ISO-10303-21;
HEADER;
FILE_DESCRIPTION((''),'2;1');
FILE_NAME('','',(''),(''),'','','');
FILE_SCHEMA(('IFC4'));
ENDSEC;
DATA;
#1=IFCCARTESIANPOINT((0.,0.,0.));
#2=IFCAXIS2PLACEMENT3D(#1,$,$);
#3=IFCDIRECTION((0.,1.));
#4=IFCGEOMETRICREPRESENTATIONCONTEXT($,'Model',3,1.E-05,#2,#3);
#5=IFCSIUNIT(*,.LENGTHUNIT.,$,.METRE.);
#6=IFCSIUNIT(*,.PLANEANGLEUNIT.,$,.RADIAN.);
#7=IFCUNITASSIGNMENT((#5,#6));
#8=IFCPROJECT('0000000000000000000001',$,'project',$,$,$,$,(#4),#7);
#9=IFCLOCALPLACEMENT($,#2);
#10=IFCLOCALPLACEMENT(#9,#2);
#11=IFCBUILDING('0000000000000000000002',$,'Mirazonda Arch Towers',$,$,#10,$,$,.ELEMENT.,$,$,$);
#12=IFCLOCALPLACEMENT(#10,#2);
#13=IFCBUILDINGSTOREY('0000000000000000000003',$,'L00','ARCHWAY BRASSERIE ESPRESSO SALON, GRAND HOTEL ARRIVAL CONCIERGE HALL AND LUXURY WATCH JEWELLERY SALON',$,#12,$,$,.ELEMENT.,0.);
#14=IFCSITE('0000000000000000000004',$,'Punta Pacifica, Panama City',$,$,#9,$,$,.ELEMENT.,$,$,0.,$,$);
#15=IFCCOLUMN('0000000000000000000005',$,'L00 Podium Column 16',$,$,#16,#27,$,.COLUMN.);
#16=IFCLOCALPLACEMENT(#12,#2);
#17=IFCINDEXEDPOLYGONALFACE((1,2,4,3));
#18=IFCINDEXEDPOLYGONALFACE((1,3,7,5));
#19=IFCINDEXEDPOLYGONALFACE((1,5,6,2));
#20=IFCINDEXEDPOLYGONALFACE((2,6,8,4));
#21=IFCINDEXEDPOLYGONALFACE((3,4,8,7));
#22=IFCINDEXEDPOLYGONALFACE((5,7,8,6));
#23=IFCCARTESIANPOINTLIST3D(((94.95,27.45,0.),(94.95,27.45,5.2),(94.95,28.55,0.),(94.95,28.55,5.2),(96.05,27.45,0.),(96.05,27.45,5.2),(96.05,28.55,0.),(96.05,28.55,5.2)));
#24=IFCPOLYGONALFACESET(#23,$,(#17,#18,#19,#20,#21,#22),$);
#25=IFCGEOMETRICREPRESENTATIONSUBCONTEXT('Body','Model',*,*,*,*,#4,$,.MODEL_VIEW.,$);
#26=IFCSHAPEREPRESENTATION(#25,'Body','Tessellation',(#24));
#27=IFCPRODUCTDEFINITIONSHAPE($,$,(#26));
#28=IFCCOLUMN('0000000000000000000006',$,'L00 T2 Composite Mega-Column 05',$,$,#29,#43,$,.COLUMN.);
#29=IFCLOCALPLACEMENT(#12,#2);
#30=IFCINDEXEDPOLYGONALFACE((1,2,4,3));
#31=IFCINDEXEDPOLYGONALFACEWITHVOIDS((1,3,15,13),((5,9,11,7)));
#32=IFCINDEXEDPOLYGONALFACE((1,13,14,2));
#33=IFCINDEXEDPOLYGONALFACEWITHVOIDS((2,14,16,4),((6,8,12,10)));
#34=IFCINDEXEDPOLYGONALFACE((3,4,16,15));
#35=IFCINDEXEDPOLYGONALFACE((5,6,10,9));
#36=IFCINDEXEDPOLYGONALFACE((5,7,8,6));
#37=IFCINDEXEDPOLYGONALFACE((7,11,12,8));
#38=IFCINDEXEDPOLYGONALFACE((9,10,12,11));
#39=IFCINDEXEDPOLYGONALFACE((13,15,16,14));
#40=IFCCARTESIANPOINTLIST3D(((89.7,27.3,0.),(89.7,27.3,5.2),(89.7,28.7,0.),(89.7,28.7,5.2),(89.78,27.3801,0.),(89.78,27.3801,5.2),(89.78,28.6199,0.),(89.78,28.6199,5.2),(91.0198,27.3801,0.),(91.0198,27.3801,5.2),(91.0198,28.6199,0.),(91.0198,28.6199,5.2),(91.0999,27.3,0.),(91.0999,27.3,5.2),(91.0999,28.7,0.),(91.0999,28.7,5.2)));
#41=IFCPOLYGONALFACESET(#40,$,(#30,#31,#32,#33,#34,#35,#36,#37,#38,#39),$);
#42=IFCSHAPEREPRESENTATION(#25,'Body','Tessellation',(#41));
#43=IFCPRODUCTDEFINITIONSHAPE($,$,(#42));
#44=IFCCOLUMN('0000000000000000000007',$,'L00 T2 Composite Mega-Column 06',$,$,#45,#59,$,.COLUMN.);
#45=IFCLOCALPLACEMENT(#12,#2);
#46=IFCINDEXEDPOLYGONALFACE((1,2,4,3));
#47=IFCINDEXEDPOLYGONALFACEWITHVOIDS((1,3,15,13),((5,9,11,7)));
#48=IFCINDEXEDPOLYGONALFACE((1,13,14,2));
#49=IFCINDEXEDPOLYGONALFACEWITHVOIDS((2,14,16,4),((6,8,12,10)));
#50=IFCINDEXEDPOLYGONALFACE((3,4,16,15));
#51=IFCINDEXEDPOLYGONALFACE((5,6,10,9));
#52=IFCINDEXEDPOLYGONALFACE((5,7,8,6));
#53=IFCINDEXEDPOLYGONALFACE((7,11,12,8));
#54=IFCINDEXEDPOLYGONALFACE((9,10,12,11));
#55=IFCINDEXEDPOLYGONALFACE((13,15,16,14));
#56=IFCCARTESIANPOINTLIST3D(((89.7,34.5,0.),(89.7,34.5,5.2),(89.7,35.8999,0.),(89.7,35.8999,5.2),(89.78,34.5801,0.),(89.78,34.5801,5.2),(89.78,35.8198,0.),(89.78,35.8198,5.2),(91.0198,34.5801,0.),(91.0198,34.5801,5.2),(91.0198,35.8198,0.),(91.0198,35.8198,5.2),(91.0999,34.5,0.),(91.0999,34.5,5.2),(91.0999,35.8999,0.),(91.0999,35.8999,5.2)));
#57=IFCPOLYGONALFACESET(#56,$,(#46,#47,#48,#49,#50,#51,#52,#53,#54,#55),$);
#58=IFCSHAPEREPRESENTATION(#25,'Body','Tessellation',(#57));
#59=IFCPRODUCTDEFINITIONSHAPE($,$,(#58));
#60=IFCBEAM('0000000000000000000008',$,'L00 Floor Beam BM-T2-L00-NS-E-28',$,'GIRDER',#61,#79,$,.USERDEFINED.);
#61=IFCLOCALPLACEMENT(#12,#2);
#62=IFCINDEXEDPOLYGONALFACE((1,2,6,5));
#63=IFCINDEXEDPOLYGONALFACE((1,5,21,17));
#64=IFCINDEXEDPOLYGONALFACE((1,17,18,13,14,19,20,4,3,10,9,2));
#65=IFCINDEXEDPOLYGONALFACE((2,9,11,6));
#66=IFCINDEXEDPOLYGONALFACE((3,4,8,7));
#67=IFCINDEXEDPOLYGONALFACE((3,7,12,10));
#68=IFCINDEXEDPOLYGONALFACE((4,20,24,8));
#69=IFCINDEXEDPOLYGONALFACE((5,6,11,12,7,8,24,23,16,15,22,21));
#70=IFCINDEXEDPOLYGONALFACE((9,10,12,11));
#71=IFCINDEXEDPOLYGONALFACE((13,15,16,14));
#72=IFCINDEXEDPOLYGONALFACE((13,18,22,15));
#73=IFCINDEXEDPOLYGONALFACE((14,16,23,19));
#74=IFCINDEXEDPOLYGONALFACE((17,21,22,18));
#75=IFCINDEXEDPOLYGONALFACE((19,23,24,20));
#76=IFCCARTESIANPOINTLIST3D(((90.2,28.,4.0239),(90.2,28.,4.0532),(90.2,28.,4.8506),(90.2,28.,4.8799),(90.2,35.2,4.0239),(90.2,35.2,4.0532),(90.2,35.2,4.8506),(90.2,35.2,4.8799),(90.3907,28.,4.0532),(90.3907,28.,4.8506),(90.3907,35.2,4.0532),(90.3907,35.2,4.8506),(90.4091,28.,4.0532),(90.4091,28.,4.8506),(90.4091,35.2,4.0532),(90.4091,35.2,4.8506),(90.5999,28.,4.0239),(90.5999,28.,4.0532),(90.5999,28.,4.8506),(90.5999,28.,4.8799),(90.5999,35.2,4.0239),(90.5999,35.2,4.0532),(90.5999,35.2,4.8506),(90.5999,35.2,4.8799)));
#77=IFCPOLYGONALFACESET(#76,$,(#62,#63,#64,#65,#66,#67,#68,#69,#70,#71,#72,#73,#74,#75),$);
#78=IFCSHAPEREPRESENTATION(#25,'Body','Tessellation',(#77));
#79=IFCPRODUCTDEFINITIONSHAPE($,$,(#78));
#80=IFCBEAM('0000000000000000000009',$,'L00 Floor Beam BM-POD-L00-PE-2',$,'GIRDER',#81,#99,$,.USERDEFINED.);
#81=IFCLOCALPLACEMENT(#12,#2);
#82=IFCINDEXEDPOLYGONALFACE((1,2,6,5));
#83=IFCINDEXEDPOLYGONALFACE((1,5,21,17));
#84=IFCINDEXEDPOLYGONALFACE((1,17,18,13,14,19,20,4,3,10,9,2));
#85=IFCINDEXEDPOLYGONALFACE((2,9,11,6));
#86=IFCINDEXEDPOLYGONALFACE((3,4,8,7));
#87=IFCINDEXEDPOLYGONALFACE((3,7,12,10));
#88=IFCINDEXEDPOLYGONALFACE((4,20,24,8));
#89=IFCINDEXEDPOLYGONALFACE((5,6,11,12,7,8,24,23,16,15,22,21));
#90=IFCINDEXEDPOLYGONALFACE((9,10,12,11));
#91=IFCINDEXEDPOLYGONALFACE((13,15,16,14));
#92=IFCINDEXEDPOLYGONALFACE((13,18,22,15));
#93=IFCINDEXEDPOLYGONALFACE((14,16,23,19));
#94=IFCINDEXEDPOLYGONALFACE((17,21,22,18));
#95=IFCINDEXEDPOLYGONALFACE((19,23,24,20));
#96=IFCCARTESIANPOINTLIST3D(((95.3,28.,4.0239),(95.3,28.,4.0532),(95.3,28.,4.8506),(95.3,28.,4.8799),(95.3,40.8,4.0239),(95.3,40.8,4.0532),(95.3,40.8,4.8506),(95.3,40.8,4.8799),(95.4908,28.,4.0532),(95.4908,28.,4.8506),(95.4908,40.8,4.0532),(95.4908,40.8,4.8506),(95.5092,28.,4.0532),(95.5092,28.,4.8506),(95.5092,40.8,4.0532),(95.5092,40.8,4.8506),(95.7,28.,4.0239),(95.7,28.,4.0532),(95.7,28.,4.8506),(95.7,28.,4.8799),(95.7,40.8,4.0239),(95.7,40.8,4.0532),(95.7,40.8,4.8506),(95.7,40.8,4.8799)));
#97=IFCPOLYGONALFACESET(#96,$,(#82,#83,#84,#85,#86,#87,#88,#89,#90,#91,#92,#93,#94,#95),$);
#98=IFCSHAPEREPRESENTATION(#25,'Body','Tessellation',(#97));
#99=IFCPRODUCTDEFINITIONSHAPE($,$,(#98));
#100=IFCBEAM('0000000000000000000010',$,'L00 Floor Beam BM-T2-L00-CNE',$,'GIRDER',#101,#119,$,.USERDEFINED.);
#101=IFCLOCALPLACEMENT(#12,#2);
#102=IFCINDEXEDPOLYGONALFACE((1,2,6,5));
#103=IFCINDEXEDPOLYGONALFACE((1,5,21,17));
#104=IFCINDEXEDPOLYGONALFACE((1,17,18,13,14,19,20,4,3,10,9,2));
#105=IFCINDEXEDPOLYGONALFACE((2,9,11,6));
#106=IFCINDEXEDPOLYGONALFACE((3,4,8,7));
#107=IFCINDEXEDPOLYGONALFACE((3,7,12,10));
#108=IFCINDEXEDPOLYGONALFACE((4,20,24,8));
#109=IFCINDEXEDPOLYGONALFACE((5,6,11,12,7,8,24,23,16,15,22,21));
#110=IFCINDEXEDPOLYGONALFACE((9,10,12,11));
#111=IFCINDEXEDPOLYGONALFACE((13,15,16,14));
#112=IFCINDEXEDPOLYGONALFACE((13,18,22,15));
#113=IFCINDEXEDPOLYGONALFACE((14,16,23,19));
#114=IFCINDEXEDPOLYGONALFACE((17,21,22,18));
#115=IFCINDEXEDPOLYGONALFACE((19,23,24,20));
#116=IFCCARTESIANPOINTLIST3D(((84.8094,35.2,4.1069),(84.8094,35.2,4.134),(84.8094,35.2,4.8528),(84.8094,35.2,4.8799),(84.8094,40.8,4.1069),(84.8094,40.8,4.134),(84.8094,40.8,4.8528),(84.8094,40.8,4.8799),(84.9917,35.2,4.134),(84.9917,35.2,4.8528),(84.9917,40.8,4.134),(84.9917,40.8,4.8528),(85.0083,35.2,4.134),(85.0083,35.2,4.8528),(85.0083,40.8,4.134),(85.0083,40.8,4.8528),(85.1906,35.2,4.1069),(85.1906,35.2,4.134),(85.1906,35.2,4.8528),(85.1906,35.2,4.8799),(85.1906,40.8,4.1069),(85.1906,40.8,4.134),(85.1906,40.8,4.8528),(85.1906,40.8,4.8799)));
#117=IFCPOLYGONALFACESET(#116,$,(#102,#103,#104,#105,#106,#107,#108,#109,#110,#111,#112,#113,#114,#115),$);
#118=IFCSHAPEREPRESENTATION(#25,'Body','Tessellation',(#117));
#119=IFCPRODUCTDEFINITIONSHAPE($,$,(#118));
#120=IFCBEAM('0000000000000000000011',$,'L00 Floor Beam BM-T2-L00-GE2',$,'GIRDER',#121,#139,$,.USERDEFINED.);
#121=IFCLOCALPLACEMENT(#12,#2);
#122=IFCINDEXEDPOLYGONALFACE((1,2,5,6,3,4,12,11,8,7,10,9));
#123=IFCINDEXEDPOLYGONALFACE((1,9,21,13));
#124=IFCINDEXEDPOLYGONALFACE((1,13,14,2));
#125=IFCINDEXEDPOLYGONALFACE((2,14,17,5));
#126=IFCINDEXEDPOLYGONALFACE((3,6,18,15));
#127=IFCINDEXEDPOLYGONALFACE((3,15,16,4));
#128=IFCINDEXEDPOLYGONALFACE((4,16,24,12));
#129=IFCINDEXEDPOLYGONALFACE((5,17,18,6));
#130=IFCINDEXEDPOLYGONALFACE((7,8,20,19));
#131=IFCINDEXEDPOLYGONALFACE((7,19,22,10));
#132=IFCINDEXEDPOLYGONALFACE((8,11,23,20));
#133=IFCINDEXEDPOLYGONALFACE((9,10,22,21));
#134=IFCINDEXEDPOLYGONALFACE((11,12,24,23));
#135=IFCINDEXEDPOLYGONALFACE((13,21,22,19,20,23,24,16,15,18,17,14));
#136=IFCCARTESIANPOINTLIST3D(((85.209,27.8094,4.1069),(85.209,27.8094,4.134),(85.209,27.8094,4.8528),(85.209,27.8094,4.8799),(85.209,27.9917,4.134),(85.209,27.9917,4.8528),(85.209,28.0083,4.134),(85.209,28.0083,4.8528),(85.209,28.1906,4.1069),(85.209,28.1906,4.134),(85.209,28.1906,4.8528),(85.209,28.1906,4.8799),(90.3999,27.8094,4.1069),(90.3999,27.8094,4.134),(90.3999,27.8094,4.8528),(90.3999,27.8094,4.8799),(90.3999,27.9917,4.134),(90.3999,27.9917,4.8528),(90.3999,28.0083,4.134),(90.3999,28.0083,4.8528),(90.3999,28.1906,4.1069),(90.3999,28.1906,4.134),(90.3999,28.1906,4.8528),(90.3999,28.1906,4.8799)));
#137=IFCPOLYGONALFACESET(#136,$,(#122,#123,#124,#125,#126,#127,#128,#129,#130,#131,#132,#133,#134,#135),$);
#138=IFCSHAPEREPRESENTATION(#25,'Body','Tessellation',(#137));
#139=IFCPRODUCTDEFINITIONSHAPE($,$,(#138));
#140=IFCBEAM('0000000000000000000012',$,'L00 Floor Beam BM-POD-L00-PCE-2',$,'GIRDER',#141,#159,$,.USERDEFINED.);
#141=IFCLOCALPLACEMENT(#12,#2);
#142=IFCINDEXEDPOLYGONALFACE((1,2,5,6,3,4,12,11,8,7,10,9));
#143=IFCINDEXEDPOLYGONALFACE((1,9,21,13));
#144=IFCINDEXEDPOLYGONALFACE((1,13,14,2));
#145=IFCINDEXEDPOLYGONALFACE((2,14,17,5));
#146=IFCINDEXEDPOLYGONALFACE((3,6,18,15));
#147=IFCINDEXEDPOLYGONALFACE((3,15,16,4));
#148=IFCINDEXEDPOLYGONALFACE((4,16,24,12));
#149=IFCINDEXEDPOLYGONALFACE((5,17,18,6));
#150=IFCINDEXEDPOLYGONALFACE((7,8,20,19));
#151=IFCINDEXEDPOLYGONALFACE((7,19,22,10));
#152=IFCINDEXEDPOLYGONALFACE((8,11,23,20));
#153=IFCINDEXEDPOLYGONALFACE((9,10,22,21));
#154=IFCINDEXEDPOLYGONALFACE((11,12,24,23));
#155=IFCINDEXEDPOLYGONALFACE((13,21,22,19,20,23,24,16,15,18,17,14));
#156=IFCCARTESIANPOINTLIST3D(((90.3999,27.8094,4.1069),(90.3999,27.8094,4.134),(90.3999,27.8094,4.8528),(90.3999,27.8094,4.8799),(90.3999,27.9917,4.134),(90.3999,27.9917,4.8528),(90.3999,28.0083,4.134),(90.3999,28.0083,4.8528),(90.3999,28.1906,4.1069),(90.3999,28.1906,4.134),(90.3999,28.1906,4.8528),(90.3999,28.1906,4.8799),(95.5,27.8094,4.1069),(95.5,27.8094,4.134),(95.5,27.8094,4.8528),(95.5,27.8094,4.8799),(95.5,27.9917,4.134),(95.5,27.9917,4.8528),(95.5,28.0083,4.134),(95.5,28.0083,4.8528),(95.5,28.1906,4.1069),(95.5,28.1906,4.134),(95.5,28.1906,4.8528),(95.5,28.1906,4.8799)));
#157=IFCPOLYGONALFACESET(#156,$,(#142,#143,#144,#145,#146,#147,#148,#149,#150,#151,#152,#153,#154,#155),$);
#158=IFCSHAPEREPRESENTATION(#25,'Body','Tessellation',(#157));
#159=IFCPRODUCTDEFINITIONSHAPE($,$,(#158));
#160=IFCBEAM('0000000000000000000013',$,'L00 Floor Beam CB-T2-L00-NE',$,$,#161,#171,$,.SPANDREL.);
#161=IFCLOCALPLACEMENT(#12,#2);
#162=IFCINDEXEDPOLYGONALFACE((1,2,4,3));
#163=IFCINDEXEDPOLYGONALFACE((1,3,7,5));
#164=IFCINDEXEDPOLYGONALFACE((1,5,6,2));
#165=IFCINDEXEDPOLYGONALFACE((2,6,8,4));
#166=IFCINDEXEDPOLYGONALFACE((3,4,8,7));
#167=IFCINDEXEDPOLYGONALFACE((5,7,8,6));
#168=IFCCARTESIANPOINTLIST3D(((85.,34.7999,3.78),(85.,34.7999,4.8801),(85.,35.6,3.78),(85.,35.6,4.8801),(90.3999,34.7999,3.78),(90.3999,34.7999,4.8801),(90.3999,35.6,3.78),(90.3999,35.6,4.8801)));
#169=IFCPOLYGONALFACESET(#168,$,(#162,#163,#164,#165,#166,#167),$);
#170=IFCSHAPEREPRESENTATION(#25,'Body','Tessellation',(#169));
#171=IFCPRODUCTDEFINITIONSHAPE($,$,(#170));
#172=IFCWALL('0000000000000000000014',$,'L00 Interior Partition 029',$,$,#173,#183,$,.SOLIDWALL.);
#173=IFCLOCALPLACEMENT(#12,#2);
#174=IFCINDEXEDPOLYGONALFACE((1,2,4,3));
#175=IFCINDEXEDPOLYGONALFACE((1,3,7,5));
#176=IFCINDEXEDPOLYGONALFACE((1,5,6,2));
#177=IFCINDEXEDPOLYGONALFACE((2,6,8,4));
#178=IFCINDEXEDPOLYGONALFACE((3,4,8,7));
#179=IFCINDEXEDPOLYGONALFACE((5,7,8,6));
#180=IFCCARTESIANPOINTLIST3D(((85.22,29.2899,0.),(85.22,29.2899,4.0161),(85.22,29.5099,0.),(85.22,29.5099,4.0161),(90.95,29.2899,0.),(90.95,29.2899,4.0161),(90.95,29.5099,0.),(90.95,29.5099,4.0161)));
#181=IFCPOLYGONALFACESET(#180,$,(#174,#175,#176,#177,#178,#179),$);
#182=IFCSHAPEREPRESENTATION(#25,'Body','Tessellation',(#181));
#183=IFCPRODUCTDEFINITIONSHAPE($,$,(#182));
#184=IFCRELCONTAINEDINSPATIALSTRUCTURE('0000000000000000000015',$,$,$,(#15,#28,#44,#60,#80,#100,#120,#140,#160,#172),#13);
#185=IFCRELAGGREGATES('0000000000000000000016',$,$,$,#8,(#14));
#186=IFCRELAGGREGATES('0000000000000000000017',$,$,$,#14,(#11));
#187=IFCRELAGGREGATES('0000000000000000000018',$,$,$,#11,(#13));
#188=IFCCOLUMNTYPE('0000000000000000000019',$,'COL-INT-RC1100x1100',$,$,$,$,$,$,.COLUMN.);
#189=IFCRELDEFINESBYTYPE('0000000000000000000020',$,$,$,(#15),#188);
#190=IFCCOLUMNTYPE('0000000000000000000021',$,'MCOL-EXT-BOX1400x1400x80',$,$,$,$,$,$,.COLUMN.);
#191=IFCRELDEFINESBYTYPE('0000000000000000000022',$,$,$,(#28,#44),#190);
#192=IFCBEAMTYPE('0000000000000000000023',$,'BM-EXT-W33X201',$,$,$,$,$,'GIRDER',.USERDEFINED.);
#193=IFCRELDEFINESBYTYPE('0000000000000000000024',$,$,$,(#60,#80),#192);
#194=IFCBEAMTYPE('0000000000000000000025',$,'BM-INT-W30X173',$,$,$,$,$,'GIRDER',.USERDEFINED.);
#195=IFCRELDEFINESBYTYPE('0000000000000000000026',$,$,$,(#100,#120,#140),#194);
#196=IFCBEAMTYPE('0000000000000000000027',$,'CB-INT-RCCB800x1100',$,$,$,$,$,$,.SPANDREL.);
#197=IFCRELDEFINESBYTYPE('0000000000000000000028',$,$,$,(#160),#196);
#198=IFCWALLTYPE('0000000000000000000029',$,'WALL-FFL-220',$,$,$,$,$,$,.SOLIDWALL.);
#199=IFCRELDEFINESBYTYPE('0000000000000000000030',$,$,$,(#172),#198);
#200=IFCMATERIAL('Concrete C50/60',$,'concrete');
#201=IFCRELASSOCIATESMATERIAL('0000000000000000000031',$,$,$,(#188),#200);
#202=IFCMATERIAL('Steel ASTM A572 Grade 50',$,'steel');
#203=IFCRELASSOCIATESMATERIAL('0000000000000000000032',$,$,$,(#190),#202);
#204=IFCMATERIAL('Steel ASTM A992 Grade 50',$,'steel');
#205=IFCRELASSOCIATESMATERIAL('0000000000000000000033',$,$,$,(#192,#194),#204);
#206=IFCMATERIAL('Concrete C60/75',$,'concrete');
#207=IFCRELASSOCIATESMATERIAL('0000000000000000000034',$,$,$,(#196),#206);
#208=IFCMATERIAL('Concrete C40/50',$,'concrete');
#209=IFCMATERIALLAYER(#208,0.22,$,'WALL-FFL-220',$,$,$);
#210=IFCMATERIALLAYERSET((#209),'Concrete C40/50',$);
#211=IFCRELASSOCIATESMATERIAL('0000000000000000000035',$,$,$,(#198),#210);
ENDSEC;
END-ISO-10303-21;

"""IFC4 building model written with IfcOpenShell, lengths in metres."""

from ifc_helpers import new_model, si_unit, direction, frame, frame_2d, origin, origin_2d, place, context, subcontext, project, spatial, rectangle, hollow_rectangle, i_section, extrude, material, layer, layer_set, material_profile, profile_set, type_object, element, save


model = new_model("IFC4")

# Units and contexts
model_context = context("Model", 3, precision=1e-05, world=origin(), true_north=direction((0.0, 1.0)))
body_context = subcontext(model_context, "Body", "Model", "MODEL_VIEW")
ifc_project = project(units=[si_unit("LENGTHUNIT", "METRE"), si_unit("PLANEANGLEUNIT", "RADIAN")], contexts=[model_context])

# Site, building, storey
site_placement = place(None, origin())
site = spatial("IfcSite", under=ifc_project, at=site_placement, Name="Punta Pacifica, Panama City", CompositionType="ELEMENT", RefElevation=0.0)
building_placement = place(site_placement, origin())
building = spatial("IfcBuilding", under=site, at=building_placement, Name="Mirazonda Arch Towers", CompositionType="ELEMENT")
storey_placement = place(building_placement, origin())
storey = spatial("IfcBuildingStorey", under=building, at=storey_placement, Name="L00", Description="ARCHWAY BRASSERIE ESPRESSO SALON, GRAND HOTEL ARRIVAL CONCIERGE HALL AND LUXURY WATCH JEWELLERY SALON", CompositionType="ELEMENT", Elevation=0.0)

# Columns
ifc_material_1 = material(Name="Concrete C50/60", Category="concrete")
ifc_material_profile_1 = material_profile(ifc_material_1, rectangle(XDim=1.1001, YDim=1.1001, at=origin_2d()), Name="RC1100x1100")
ifc_profile_set_1 = profile_set([ifc_material_profile_1], Name="Concrete C50/60")
column_type_1 = type_object("IfcColumnType", Name="COL-INT-RC1100x1100", PredefinedType="COLUMN", material=ifc_profile_set_1)
column_placement = place(storey_placement, frame((95.5, 28.0, 0.0), z_axis=(0.0, 0.0, 1.0), x_axis=(1.0, 0.0, 0.0)))
element("IfcColumn", 1, at=column_placement, inside=storey, type_object=column_type_1, Name="L00 Podium Column 16", PredefinedType="COLUMN", context=body_context, shape_type="SweptSolid", body=[
    extrude(rectangle(XDim=1.1001, YDim=1.1001, at=origin_2d()), origin(), (0.0, 0.0, 1.0), 5.2),
])
ifc_material_2 = material(Name="Steel ASTM A572 Grade 50", Category="steel")
ifc_material_profile_2 = material_profile(ifc_material_2, hollow_rectangle(XDim=1.3999, YDim=1.3999, WallThickness=0.0801, at=origin_2d()), Name="BOX1400x1400x80")
ifc_profile_set_2 = profile_set([ifc_material_profile_2], Name="Steel ASTM A572 Grade 50")
column_type_2 = type_object("IfcColumnType", Name="MCOL-EXT-BOX1400x1400x80", PredefinedType="COLUMN", material=ifc_profile_set_2)
for number, where, z_axis, x_axis, name in (
    (2, (90.3999, 28.0, 0.0), (0.0, 0.0, 1.0), (1.0, 0.0, 0.0), "L00 T2 Composite Mega-Column 05"),
    (3, (90.3999, 35.2, 0.0), (0.0, 0.0, 1.0), (1.0, 0.0, 0.0), "L00 T2 Composite Mega-Column 06"),
):
    element("IfcColumn", number, at=place(storey_placement, frame(where, z_axis=z_axis, x_axis=x_axis)), inside=storey, type_object=column_type_2, Name=name, PredefinedType="COLUMN", context=body_context, shape_type="SweptSolid", body=[
        extrude(hollow_rectangle(XDim=1.3999, YDim=1.3999, WallThickness=0.0801, at=origin_2d()), origin(), (0.0, 0.0, 1.0), 5.2),
    ])

# Beams
ifc_material_3 = material(Name="Steel ASTM A992 Grade 50", Category="steel")
ifc_material_profile_3 = material_profile(ifc_material_3, i_section(OverallWidth=0.3999, OverallDepth=0.856, WebThickness=0.0183, FlangeThickness=0.0293, at=origin_2d()), Name="W33X201")
ifc_profile_set_3 = profile_set([ifc_material_profile_3], Name="Steel ASTM A992 Grade 50")
beam_type_1 = type_object("IfcBeamType", Name="BM-EXT-W33X201", ElementType="GIRDER", PredefinedType="USERDEFINED", material=ifc_profile_set_3)
beam_1_placement = place(storey_placement, frame((90.3999, 28.0, 4.4519), z_axis=(0.0, 1.0, 0.0), x_axis=(-1.0, 0.0, 0.0)))
element("IfcBeam", 4, at=beam_1_placement, inside=storey, type_object=beam_type_1, Name="L00 Floor Beam BM-T2-L00-NS-E-28", ObjectType="GIRDER", PredefinedType="USERDEFINED", context=body_context, shape_type="SweptSolid", body=[
    extrude(i_section(OverallWidth=0.3999, OverallDepth=0.856, WebThickness=0.0183, FlangeThickness=0.0293, at=origin_2d()), origin(), (0.0, 0.0, 1.0), 7.2),
])
beam_2_placement = place(storey_placement, frame((95.5, 28.0, 4.4519), z_axis=(0.0, 1.0, 0.0), x_axis=(-1.0, 0.0, 0.0)))
element("IfcBeam", 5, at=beam_2_placement, inside=storey, type_object=beam_type_1, Name="L00 Floor Beam BM-POD-L00-PE-2", ObjectType="GIRDER", PredefinedType="USERDEFINED", context=body_context, shape_type="SweptSolid", body=[
    extrude(i_section(OverallWidth=0.3999, OverallDepth=0.856, WebThickness=0.0183, FlangeThickness=0.0293, at=origin_2d()), origin(), (0.0, 0.0, 1.0), 12.8),
])
ifc_material_profile_4 = material_profile(ifc_material_3, i_section(OverallWidth=0.3811, OverallDepth=0.7729, WebThickness=0.0166, FlangeThickness=0.0271, at=origin_2d()), Name="W30X173")
ifc_profile_set_4 = profile_set([ifc_material_profile_4], Name="Steel ASTM A992 Grade 50")
beam_type_2 = type_object("IfcBeamType", Name="BM-INT-W30X173", ElementType="GIRDER", PredefinedType="USERDEFINED", material=ifc_profile_set_4)
beam_3_placement = place(storey_placement, frame((85.0, 35.2, 4.4934), z_axis=(0.0, 1.0, 0.0), x_axis=(-1.0, 0.0, 0.0)))
element("IfcBeam", 6, at=beam_3_placement, inside=storey, type_object=beam_type_2, Name="L00 Floor Beam BM-T2-L00-CNE", ObjectType="GIRDER", PredefinedType="USERDEFINED", context=body_context, shape_type="SweptSolid", body=[
    extrude(i_section(OverallWidth=0.3811, OverallDepth=0.7729, WebThickness=0.0166, FlangeThickness=0.0271, at=origin_2d()), origin(), (0.0, 0.0, 1.0), 5.6001),
])
beam_4_placement = place(storey_placement, frame((85.209, 28.0, 4.4934), z_axis=(1.0, 0.0, 0.0), x_axis=(0.0, 1.0, 0.0)))
element("IfcBeam", 7, at=beam_4_placement, inside=storey, type_object=beam_type_2, Name="L00 Floor Beam BM-T2-L00-GE2", ObjectType="GIRDER", PredefinedType="USERDEFINED", context=body_context, shape_type="SweptSolid", body=[
    extrude(i_section(OverallWidth=0.3811, OverallDepth=0.7729, WebThickness=0.0166, FlangeThickness=0.0271, at=origin_2d()), origin(), (0.0, 0.0, 1.0), 5.1909),
])
beam_5_placement = place(storey_placement, frame((90.3999, 28.0, 4.4934), z_axis=(1.0, 0.0, 0.0), x_axis=(0.0, 1.0, 0.0)))
element("IfcBeam", 8, at=beam_5_placement, inside=storey, type_object=beam_type_2, Name="L00 Floor Beam BM-POD-L00-PCE-2", ObjectType="GIRDER", PredefinedType="USERDEFINED", context=body_context, shape_type="SweptSolid", body=[
    extrude(i_section(OverallWidth=0.3811, OverallDepth=0.7729, WebThickness=0.0166, FlangeThickness=0.0271, at=origin_2d()), origin(), (0.0, 0.0, 1.0), 5.1001),
])
ifc_material_4 = material(Name="Concrete C60/75", Category="concrete")
ifc_material_profile_5 = material_profile(ifc_material_4, rectangle(XDim=0.8, YDim=1.1001, at=origin_2d()), Name="RCCB800x1100")
ifc_profile_set_5 = profile_set([ifc_material_profile_5], Name="Concrete C60/75")
beam_type_3 = type_object("IfcBeamType", Name="CB-INT-RCCB800x1100", PredefinedType="SPANDREL", material=ifc_profile_set_5)
beam_6_placement = place(storey_placement, frame((85.0, 35.2, 4.3301), z_axis=(1.0, 0.0, 0.0), x_axis=(0.0, 1.0, 0.0)))
element("IfcBeam", 9, at=beam_6_placement, inside=storey, type_object=beam_type_3, Name="L00 Floor Beam CB-T2-L00-NE", PredefinedType="SPANDREL", context=body_context, shape_type="SweptSolid", body=[
    extrude(rectangle(XDim=0.8, YDim=1.1001, at=origin_2d()), origin(), (0.0, 0.0, 1.0), 5.3999),
])

# Wall
ifc_material_5 = material(Name="Concrete C40/50", Category="concrete")
ifc_layer_1 = layer(ifc_material_5, 0.22, Name="WALL-FFL-220")
ifc_layer_set_1 = layer_set([ifc_layer_1], Name="Concrete C40/50")
wall_type_1 = type_object("IfcWallType", Name="WALL-FFL-220", PredefinedType="SOLIDWALL", material=ifc_layer_set_1)
wall_1_placement = place(storey_placement, frame((85.22, 29.3999, 0.0), z_axis=(0.0, 0.0, 1.0), x_axis=(1.0, 0.0, 0.0)))
element("IfcWall", 10, at=wall_1_placement, inside=storey, type_object=wall_type_1, Name="L00 Interior Partition 029", PredefinedType="SOLIDWALL", context=body_context, shape_type="SweptSolid", body=[
    extrude(rectangle(XDim=5.73, YDim=0.22, at=frame_2d((2.865, 0.0))), origin(), (0.0, 0.0, 1.0), 4.0161),
])

save(model, "model.ifc")
